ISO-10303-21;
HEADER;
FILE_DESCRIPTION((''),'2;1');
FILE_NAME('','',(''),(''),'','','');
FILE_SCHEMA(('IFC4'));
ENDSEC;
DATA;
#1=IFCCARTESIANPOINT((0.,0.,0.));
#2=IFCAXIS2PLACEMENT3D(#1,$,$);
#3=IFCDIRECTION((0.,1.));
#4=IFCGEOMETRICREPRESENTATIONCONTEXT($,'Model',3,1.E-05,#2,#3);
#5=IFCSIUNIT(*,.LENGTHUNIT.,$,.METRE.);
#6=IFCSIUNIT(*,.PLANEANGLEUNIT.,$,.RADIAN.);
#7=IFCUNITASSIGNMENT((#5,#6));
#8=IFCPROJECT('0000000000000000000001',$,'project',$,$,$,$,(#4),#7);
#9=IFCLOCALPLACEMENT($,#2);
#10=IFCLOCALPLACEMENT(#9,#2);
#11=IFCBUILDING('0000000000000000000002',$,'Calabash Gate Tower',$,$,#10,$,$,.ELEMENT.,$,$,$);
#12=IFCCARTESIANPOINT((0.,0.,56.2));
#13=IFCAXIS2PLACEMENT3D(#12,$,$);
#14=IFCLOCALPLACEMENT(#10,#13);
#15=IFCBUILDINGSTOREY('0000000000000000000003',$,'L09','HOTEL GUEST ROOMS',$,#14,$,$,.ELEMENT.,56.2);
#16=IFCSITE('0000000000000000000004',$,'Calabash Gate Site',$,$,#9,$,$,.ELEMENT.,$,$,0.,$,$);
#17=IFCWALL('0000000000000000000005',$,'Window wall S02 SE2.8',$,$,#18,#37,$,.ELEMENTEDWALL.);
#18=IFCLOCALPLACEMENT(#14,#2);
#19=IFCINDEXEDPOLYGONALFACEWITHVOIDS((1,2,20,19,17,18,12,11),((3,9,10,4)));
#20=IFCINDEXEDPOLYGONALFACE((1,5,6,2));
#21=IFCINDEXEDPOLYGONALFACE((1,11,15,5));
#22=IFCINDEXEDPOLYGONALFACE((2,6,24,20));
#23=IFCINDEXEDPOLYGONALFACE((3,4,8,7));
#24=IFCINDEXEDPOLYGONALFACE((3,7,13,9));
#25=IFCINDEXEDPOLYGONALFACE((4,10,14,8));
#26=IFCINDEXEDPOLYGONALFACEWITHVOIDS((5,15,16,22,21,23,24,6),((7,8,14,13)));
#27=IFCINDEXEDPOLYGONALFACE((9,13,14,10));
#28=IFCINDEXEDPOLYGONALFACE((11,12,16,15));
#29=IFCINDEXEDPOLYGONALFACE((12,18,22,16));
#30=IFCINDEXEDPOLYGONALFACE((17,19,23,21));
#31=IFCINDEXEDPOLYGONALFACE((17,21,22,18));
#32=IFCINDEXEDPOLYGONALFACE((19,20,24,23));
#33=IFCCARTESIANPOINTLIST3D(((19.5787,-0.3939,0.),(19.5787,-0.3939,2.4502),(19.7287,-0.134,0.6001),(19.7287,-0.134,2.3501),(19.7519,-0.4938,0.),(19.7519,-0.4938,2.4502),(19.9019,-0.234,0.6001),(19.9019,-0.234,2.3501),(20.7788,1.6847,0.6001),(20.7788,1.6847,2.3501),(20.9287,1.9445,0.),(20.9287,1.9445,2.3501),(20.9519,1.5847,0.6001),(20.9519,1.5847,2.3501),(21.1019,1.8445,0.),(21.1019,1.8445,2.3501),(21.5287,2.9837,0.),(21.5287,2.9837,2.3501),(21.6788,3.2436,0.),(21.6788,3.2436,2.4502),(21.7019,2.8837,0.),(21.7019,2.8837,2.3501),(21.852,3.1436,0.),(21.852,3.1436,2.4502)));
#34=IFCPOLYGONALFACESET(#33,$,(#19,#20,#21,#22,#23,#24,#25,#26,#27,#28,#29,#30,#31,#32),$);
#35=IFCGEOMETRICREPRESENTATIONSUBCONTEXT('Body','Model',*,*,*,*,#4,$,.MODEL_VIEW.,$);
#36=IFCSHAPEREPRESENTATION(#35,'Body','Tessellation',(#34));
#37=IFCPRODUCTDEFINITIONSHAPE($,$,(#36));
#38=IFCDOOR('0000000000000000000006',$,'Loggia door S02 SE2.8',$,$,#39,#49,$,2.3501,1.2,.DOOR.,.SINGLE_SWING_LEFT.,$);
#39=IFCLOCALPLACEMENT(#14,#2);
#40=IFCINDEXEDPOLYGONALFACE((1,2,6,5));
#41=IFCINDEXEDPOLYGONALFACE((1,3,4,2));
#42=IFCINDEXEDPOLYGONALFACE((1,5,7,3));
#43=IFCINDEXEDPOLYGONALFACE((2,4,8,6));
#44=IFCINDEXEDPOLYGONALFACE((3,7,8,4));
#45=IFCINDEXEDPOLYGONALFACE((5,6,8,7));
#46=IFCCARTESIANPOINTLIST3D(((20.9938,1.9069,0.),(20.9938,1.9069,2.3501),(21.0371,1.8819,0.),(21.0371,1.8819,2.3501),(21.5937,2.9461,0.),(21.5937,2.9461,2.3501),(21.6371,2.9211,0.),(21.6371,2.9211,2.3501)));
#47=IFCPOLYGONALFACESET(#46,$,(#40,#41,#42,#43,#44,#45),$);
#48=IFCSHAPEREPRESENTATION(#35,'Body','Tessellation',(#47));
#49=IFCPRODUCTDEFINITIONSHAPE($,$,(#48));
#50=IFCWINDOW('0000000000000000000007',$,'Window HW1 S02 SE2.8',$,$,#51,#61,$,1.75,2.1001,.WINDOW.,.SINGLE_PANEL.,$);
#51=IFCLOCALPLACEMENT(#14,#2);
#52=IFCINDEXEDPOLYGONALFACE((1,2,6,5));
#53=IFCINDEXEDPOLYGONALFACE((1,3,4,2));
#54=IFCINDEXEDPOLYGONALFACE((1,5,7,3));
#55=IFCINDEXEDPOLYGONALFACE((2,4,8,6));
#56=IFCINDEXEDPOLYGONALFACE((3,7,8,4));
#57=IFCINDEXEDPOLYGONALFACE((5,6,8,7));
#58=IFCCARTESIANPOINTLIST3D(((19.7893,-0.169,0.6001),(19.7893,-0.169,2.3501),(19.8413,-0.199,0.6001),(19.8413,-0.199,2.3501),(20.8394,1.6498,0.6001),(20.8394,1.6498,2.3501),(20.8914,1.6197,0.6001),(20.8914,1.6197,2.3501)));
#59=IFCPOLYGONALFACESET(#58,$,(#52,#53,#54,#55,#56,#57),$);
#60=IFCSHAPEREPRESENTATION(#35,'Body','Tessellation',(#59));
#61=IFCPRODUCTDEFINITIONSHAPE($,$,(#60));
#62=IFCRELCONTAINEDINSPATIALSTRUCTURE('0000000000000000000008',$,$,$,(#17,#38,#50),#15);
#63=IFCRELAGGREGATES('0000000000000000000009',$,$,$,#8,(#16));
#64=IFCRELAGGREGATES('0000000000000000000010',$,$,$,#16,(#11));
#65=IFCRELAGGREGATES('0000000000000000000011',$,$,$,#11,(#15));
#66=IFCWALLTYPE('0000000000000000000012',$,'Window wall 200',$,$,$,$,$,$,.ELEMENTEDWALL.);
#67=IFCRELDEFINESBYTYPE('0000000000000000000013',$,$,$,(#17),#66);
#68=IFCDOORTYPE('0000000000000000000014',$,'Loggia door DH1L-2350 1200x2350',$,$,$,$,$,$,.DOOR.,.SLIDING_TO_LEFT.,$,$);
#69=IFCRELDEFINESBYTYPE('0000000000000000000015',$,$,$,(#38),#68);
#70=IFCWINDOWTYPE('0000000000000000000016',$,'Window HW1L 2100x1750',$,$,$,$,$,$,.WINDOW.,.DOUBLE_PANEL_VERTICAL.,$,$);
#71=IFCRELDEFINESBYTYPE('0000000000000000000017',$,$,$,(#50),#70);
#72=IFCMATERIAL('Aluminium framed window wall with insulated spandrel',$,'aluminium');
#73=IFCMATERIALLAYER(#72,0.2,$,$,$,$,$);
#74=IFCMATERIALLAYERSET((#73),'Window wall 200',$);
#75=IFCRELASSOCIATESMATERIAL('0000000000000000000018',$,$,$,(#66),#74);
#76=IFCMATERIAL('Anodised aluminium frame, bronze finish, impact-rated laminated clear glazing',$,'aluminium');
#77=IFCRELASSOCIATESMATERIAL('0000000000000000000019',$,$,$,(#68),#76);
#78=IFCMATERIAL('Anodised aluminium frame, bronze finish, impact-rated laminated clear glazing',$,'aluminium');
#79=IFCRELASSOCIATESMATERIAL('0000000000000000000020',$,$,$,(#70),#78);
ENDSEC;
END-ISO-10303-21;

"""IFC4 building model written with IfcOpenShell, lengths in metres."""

from ifc_helpers import new_model, si_unit, direction, frame, frame_2d, origin, place, context, subcontext, project, spatial, rectangle, extrude, material, layer, layer_set, type_object, element, fill, save


model = new_model("IFC4")

# Units and contexts
model_context = context("Model", 3, precision=1e-05, world=origin(), true_north=direction((0.0, 1.0)))
body_context = subcontext(model_context, "Body", "Model", "MODEL_VIEW")
ifc_project = project(units=[si_unit("LENGTHUNIT", "METRE"), si_unit("PLANEANGLEUNIT", "RADIAN")], contexts=[model_context])

# Site, building, storey
site_placement = place(None, origin())
site = spatial("IfcSite", under=ifc_project, at=site_placement, Name="Calabash Gate Site", CompositionType="ELEMENT", RefElevation=0.0)
building_placement = place(site_placement, origin())
building = spatial("IfcBuilding", under=site, at=building_placement, Name="Calabash Gate Tower", CompositionType="ELEMENT")
storey_placement = place(building_placement, frame((0.0, 0.0, 56.2)))
storey = spatial("IfcBuildingStorey", under=building, at=storey_placement, Name="L09", Description="HOTEL GUEST ROOMS", CompositionType="ELEMENT", Elevation=56.2)

# Shared definitions
ifc_material_1 = material(Name="Aluminium framed window wall with insulated spandrel", Category="aluminium")
ifc_layer_1 = layer(ifc_material_1, 0.2)
ifc_layer_set_1 = layer_set([ifc_layer_1], Name="Window wall 200")
wall_type_1 = type_object("IfcWallType", Name="Window wall 200", PredefinedType="ELEMENTEDWALL", material=ifc_layer_set_1)

# Wall, openings, door, window
wall_1_placement = place(storey_placement, frame((19.6653, -0.4438, 0.0), z_axis=(0.0, 0.0, 1.0), x_axis=(0.500003, 0.866024, 0.0)))
wall_1 = element("IfcWall", 1, at=wall_1_placement, inside=storey, type_object=wall_type_1, Name="Window wall S02 SE2.8", PredefinedType="ELEMENTEDWALL", context=body_context, shape_type="SweptSolid", body=[
    extrude(rectangle(XDim=4.2002, YDim=0.2, at=frame_2d((2.1001, 0.0))), origin(), (0.0, 0.0, 1.0), 2.4502),
])
opening_1_placement = place(wall_1_placement, frame((0.3, 0.0, 0.6001)))
opening_1 = element("IfcOpeningElement", 2, at=opening_1_placement, cuts=wall_1, PredefinedType="OPENING", context=body_context, shape_type="SweptSolid", body=[
    extrude(rectangle(XDim=2.1001, YDim=1.75, at=frame_2d((1.05, 0.875))), frame((0.0, 0.1099, 0.0), z_axis=(0.0, -1.0, 0.0), x_axis=(1.0, 0.0, 0.0)), (0.0, 0.0, 1.0), 0.22),
])
opening_2_placement = place(wall_1_placement, frame((2.7, 0.0, 0.0)))
opening_2 = element("IfcOpeningElement", 3, at=opening_2_placement, cuts=wall_1, PredefinedType="OPENING", context=body_context, shape_type="SweptSolid", body=[
    extrude(rectangle(XDim=1.2, YDim=2.3501, at=frame_2d((0.6001, 1.175))), frame((0.0, 0.1099, 0.0), z_axis=(0.0, -1.0, 0.0), x_axis=(1.0, 0.0, 0.0)), (0.0, 0.0, 1.0), 0.22),
])
ifc_material_2 = material(Name="Anodised aluminium frame, bronze finish, impact-rated laminated clear glazing", Category="aluminium")
door_type = type_object("IfcDoorType", Name="Loggia door DH1L-2350 1200x2350", OperationType="SLIDING_TO_LEFT", PredefinedType="DOOR", material=ifc_material_2)
door_placement = place(opening_2_placement, origin())
door = element("IfcDoor", 4, at=door_placement, inside=storey, type_object=door_type, Name="Loggia door S02 SE2.8", OperationType="SINGLE_SWING_LEFT", OverallHeight=2.3501, OverallWidth=1.2, PredefinedType="DOOR", context=body_context, shape_type="SweptSolid", body=[
    extrude(rectangle(XDim=1.2, YDim=2.3501, at=frame_2d((0.6001, 1.175))), frame((0.0, 0.0249, 0.0), z_axis=(0.0, -1.0, 0.0), x_axis=(1.0, 0.0, 0.0)), (0.0, 0.0, 1.0), 0.05),
])
fill(opening_2, door)
ifc_material_3 = material(Name="Anodised aluminium frame, bronze finish, impact-rated laminated clear glazing", Category="aluminium")
window_type = type_object("IfcWindowType", Name="Window HW1L 2100x1750", PartitioningType="DOUBLE_PANEL_VERTICAL", PredefinedType="WINDOW", material=ifc_material_3)
window_placement = place(opening_1_placement, origin())
window = element("IfcWindow", 5, at=window_placement, inside=storey, type_object=window_type, Name="Window HW1 S02 SE2.8", OverallHeight=1.75, OverallWidth=2.1001, PartitioningType="SINGLE_PANEL", PredefinedType="WINDOW", context=body_context, shape_type="SweptSolid", body=[
    extrude(rectangle(XDim=2.1001, YDim=1.75, at=frame_2d((1.05, 0.875))), frame((0.0, 0.03, 0.0), z_axis=(0.0, -1.0, 0.0), x_axis=(1.0, 0.0, 0.0)), (0.0, 0.0, 1.0), 0.0601),
])
fill(opening_1, window)

save(model, "model.ifc")
